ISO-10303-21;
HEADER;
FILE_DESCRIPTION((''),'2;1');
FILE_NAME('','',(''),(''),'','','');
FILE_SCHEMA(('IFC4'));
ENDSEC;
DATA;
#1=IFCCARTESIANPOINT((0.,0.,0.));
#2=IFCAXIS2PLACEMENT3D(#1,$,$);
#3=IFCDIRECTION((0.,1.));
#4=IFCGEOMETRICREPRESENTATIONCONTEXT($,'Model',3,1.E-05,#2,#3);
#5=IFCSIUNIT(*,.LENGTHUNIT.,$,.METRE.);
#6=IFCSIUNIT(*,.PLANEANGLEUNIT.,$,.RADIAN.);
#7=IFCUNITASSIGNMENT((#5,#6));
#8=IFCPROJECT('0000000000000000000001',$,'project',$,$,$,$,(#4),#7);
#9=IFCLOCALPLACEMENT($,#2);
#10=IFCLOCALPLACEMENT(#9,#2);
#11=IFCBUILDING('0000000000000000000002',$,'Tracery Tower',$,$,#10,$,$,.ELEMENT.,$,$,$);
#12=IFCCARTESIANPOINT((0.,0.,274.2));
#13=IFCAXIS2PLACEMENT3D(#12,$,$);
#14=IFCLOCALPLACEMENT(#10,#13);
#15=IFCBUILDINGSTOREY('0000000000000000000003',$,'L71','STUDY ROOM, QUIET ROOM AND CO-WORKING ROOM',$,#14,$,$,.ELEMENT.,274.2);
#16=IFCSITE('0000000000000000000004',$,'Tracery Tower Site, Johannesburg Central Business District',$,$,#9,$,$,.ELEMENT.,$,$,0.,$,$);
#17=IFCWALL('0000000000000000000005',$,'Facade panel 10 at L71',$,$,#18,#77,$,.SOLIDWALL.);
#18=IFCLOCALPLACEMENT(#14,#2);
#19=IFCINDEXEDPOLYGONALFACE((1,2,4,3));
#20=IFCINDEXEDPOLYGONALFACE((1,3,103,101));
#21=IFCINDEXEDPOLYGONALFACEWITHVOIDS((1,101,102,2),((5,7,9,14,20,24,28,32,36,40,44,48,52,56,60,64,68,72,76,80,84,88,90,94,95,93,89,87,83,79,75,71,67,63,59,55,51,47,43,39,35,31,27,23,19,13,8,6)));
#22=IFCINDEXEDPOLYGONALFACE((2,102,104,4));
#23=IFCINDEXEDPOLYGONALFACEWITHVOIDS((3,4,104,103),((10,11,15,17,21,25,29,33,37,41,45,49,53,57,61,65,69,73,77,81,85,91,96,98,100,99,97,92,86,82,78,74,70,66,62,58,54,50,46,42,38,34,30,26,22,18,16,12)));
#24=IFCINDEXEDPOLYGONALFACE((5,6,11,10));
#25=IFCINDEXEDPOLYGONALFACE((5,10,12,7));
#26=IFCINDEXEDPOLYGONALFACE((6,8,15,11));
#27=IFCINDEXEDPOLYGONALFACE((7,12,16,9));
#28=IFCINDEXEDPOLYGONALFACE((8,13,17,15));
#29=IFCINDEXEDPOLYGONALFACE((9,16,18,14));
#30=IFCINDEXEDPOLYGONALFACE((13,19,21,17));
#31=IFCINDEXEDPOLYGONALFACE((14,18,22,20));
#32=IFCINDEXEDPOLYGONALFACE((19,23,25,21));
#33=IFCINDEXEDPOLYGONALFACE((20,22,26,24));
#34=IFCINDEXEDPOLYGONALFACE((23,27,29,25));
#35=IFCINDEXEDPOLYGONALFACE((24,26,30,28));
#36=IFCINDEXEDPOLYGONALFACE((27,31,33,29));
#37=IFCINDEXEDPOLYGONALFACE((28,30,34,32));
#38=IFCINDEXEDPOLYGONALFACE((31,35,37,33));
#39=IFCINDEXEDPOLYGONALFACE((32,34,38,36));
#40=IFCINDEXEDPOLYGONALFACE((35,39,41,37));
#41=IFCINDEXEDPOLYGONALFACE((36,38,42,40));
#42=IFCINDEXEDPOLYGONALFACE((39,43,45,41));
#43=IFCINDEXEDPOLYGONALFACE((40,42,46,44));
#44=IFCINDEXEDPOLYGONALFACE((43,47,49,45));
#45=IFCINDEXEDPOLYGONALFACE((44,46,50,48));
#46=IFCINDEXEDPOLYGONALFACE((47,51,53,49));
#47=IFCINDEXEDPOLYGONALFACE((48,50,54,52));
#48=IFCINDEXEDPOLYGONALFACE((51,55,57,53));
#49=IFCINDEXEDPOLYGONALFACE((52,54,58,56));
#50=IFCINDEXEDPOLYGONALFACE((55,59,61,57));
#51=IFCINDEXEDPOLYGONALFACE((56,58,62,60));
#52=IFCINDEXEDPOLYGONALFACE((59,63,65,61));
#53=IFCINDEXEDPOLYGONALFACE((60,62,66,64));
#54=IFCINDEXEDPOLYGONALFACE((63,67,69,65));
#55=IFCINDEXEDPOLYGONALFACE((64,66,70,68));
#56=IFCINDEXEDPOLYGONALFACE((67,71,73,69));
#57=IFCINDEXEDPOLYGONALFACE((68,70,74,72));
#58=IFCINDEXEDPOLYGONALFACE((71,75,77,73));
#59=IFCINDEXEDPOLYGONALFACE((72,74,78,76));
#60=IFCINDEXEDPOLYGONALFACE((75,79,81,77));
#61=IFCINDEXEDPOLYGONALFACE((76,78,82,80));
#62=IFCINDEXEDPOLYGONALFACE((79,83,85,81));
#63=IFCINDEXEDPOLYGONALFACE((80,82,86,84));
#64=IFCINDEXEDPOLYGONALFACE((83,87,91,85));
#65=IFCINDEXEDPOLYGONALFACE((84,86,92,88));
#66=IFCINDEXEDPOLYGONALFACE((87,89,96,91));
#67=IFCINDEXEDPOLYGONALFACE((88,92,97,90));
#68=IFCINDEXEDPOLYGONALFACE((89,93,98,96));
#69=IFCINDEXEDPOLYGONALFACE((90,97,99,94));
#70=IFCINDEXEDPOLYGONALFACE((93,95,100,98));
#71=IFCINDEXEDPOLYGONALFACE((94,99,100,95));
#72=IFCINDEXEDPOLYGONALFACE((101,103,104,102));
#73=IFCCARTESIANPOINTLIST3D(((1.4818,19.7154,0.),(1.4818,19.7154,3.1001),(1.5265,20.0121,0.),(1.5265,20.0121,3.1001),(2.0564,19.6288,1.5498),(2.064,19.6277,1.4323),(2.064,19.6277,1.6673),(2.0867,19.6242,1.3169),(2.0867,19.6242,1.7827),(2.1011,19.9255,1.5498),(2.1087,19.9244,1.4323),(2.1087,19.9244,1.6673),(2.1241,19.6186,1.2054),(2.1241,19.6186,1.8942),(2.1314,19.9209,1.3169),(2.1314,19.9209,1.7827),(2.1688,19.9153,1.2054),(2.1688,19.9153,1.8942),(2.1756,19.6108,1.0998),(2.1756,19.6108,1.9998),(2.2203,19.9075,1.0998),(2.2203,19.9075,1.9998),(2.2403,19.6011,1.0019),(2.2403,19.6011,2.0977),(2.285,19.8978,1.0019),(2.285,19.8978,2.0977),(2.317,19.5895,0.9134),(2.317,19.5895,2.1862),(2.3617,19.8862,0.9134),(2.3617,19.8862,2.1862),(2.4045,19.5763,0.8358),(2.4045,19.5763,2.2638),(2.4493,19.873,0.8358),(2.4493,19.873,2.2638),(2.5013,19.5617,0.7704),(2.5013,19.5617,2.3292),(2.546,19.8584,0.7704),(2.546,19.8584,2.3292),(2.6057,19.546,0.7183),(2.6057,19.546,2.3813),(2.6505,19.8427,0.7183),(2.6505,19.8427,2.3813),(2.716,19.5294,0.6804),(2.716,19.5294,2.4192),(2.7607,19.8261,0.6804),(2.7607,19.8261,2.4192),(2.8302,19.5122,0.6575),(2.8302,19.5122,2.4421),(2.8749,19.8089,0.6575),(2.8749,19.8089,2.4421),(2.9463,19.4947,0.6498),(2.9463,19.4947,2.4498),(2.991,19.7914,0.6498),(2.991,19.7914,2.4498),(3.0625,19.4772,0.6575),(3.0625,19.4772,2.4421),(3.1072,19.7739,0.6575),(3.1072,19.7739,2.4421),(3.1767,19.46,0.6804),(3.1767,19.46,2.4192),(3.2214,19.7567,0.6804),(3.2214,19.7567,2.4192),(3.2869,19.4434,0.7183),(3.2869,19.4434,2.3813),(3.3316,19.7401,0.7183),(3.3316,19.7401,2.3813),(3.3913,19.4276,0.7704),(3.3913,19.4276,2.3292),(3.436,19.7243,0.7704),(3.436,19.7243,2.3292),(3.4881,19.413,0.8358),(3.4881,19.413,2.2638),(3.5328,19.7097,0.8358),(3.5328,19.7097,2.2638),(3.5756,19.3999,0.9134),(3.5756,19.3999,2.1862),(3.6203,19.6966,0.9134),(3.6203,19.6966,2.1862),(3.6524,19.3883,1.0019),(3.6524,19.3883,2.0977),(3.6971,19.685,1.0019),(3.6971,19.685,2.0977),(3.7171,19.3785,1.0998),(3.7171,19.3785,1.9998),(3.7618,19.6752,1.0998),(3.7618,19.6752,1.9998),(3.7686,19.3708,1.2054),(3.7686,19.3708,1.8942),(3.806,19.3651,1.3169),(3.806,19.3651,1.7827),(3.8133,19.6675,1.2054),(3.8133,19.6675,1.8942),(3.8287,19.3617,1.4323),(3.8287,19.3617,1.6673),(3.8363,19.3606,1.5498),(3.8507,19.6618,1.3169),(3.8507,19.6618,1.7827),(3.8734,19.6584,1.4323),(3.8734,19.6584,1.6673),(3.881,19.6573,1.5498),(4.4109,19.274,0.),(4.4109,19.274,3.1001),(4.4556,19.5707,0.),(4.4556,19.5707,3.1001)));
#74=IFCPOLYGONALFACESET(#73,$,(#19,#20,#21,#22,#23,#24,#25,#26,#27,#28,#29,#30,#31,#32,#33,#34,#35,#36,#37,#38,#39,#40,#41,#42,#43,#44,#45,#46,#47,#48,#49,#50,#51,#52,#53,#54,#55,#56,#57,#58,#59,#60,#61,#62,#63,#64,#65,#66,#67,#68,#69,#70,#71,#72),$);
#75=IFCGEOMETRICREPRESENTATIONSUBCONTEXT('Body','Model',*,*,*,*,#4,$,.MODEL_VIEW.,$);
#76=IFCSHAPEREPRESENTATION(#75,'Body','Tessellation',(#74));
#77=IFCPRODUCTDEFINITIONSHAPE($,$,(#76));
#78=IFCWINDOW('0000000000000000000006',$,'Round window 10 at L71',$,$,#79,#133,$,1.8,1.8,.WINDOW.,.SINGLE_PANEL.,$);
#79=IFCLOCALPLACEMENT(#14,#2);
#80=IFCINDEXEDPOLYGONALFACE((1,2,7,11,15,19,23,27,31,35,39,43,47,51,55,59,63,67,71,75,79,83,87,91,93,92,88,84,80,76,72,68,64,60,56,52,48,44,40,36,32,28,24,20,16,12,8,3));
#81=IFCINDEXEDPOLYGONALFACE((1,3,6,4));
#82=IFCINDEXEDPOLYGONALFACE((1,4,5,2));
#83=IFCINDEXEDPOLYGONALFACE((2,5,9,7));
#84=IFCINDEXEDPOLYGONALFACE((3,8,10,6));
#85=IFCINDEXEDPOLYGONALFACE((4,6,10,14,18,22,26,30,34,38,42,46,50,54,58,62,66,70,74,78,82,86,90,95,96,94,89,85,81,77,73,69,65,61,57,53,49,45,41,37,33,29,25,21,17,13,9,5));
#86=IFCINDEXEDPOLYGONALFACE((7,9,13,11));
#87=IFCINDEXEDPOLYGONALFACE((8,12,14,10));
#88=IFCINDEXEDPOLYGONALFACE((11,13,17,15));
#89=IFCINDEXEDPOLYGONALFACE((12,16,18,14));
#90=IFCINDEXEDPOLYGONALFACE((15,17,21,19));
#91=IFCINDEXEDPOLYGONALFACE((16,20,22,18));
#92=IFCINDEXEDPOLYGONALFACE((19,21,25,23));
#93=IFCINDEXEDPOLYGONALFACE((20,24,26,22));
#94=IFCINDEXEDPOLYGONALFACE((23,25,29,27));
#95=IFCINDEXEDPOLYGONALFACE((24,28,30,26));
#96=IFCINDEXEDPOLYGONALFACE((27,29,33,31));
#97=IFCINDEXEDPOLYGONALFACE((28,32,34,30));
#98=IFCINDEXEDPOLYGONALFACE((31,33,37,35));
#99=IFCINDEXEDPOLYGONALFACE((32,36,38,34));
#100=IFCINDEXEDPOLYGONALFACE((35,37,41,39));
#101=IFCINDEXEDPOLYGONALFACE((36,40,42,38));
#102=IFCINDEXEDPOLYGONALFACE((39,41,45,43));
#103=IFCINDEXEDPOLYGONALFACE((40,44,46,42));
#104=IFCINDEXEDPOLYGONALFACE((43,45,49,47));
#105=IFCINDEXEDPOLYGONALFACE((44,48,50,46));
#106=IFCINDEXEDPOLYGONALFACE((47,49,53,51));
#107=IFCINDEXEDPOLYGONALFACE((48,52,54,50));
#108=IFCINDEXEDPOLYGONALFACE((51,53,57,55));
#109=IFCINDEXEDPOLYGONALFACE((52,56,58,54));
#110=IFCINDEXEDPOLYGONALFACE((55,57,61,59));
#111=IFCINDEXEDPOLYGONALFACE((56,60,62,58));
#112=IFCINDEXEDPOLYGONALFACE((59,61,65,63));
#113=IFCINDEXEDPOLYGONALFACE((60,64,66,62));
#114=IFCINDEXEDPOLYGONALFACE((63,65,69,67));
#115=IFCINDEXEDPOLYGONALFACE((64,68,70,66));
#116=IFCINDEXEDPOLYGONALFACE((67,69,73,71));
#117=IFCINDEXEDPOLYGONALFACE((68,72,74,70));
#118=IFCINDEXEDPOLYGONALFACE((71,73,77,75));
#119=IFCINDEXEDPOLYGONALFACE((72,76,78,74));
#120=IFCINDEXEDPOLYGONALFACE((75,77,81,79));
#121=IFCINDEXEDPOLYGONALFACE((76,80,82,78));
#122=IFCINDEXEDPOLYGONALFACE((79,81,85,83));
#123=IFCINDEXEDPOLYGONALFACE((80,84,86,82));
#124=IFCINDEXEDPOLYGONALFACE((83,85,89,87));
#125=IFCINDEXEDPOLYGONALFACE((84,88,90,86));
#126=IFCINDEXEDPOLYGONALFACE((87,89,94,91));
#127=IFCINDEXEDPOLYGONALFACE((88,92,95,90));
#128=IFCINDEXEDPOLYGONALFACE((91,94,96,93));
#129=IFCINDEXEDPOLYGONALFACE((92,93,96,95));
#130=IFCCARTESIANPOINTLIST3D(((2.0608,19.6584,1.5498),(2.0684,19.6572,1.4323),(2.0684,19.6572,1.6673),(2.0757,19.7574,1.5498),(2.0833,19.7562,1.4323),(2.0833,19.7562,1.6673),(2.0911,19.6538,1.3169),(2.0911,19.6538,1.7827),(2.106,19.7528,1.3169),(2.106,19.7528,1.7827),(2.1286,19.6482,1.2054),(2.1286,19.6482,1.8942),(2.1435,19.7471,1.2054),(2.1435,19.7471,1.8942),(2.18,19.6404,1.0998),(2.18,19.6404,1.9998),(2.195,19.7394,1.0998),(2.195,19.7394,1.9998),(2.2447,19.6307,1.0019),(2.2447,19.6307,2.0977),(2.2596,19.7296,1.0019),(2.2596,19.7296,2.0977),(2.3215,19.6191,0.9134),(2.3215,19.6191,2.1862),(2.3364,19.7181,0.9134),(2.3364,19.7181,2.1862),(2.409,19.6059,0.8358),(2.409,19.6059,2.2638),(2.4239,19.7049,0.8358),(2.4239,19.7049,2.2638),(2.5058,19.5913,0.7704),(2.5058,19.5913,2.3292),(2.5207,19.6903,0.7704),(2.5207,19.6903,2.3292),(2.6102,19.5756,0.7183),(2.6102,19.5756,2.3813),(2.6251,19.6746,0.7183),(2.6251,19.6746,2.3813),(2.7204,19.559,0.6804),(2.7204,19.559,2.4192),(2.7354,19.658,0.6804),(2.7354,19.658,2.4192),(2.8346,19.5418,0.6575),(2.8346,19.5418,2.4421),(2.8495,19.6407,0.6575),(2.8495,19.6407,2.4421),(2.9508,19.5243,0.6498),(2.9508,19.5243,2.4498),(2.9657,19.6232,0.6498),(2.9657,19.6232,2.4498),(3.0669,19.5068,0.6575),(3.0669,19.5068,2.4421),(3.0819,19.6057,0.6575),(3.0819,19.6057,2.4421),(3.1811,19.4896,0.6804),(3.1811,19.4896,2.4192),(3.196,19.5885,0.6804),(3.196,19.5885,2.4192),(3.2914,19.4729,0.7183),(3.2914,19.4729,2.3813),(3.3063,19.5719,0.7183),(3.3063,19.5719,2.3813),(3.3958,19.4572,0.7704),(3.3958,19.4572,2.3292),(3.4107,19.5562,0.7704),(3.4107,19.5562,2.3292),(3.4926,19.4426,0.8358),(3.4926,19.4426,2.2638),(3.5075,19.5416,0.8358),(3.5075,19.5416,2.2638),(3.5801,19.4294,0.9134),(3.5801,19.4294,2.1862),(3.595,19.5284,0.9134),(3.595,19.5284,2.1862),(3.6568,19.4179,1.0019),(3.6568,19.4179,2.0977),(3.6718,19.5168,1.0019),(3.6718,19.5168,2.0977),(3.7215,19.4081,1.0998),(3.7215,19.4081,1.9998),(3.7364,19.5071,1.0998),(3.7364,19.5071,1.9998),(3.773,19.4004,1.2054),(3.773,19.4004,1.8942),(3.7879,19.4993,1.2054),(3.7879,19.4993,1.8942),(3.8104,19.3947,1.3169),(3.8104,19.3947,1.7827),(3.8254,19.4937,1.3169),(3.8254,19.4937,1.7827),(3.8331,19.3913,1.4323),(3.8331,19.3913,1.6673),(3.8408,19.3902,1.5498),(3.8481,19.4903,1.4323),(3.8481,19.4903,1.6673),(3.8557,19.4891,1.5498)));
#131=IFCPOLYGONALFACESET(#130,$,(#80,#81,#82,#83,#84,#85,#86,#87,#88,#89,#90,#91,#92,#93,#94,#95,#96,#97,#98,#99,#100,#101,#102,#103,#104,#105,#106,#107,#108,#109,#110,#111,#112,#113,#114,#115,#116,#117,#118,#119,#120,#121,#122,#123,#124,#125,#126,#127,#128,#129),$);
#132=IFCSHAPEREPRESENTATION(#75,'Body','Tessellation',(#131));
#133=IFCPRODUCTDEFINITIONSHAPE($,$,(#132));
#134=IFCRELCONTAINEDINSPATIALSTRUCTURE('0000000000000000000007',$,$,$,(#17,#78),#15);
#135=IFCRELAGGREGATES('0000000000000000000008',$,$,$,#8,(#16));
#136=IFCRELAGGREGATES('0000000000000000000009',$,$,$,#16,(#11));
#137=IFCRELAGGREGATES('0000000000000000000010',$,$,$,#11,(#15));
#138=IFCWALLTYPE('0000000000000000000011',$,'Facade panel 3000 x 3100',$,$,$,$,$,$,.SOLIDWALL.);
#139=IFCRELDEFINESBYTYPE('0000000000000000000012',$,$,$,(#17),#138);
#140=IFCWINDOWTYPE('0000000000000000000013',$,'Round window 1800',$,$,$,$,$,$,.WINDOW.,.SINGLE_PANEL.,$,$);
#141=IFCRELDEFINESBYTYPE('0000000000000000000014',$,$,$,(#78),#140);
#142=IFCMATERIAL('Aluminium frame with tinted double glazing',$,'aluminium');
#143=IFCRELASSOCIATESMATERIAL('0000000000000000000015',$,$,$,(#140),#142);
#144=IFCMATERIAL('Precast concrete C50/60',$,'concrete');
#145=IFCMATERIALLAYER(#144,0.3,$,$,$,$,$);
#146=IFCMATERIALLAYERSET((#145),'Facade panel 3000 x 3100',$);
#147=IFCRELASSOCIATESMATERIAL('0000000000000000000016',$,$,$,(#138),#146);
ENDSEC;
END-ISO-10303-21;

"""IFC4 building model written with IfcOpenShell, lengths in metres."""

from ifc_helpers import new_model, si_unit, direction, frame, frame_2d, origin, origin_2d, place, context, subcontext, project, spatial, rectangle, circle, extrude, material, layer, layer_set, type_object, element, fill, save


model = new_model("IFC4")

# Units and contexts
model_context = context("Model", 3, precision=1e-05, world=origin(), true_north=direction((0.0, 1.0)))
body_context = subcontext(model_context, "Body", "Model", "MODEL_VIEW")
ifc_project = project(units=[si_unit("LENGTHUNIT", "METRE"), si_unit("PLANEANGLEUNIT", "RADIAN")], contexts=[model_context])

# Site, building, storey
site_placement = place(None, origin())
site = spatial("IfcSite", under=ifc_project, at=site_placement, Name="Tracery Tower Site, Johannesburg Central Business District", CompositionType="ELEMENT", RefElevation=0.0)
building_placement = place(site_placement, origin())
building = spatial("IfcBuilding", under=site, at=building_placement, Name="Tracery Tower", CompositionType="ELEMENT")
storey_placement = place(building_placement, frame((0.0, 0.0, 274.2)))
storey = spatial("IfcBuildingStorey", under=building, at=storey_placement, Name="L71", Description="STUDY ROOM, QUIET ROOM AND CO-WORKING ROOM", CompositionType="ELEMENT", Elevation=274.2)

# Wall, opening, window
ifc_material_1 = material(Name="Aluminium frame with tinted double glazing", Category="aluminium")
window_type = type_object("IfcWindowType", Name="Round window 1800", PartitioningType="SINGLE_PANEL", PredefinedType="WINDOW", material=ifc_material_1)
ifc_material_2 = material(Name="Precast concrete C50/60", Category="concrete")
ifc_layer_1 = layer(ifc_material_2, 0.3)
ifc_layer_set_1 = layer_set([ifc_layer_1], Name="Facade panel 3000 x 3100")
wall_type_1 = type_object("IfcWallType", Name="Facade panel 3000 x 3100", PredefinedType="SOLIDWALL", material=ifc_layer_set_1)
wall_1_placement = place(storey_placement, frame((4.4331, 19.4224, 0.0), z_axis=(0.0, 0.0, 1.0), x_axis=(-0.988836, 0.149009, 0.0)))
wall_1 = element("IfcWall", 1, at=wall_1_placement, inside=storey, type_object=wall_type_1, Name="Facade panel 10 at L71", PredefinedType="SOLIDWALL", context=body_context, shape_type="SweptSolid", body=[
    extrude(rectangle(XDim=2.9622, YDim=0.3, at=frame_2d((1.481, 0.0))), origin(), (0.0, 0.0, 1.0), 3.1001),
])
opening_1_placement = place(wall_1_placement, frame((1.481, 0.0, 1.5498)))
opening_1 = element("IfcOpeningElement", 2, at=opening_1_placement, cuts=wall_1, PredefinedType="OPENING", context=body_context, shape_type="SweptSolid", body=[
    extrude(circle(Radius=0.9, at=origin_2d()), frame((0.0, 0.1599, 0.0), z_axis=(0.0, -1.0, 0.0), x_axis=(1.0, 0.0, 0.0)), (0.0, 0.0, 1.0), 0.3201),
])
window_1_placement = place(opening_1_placement, origin())
window_1 = element("IfcWindow", 3, at=window_1_placement, inside=storey, type_object=window_type, Name="Round window 10 at L71", OverallHeight=1.8, OverallWidth=1.8, PartitioningType="SINGLE_PANEL", PredefinedType="WINDOW", context=body_context, shape_type="SweptSolid", body=[
    extrude(circle(Radius=0.9, at=origin_2d()), frame((0.0, 0.1201, 0.0), z_axis=(0.0, -1.0, 0.0), x_axis=(1.0, 0.0, 0.0)), (0.0, 0.0, 1.0), 0.1001),
])
fill(opening_1, window_1)

save(model, "model.ifc")
